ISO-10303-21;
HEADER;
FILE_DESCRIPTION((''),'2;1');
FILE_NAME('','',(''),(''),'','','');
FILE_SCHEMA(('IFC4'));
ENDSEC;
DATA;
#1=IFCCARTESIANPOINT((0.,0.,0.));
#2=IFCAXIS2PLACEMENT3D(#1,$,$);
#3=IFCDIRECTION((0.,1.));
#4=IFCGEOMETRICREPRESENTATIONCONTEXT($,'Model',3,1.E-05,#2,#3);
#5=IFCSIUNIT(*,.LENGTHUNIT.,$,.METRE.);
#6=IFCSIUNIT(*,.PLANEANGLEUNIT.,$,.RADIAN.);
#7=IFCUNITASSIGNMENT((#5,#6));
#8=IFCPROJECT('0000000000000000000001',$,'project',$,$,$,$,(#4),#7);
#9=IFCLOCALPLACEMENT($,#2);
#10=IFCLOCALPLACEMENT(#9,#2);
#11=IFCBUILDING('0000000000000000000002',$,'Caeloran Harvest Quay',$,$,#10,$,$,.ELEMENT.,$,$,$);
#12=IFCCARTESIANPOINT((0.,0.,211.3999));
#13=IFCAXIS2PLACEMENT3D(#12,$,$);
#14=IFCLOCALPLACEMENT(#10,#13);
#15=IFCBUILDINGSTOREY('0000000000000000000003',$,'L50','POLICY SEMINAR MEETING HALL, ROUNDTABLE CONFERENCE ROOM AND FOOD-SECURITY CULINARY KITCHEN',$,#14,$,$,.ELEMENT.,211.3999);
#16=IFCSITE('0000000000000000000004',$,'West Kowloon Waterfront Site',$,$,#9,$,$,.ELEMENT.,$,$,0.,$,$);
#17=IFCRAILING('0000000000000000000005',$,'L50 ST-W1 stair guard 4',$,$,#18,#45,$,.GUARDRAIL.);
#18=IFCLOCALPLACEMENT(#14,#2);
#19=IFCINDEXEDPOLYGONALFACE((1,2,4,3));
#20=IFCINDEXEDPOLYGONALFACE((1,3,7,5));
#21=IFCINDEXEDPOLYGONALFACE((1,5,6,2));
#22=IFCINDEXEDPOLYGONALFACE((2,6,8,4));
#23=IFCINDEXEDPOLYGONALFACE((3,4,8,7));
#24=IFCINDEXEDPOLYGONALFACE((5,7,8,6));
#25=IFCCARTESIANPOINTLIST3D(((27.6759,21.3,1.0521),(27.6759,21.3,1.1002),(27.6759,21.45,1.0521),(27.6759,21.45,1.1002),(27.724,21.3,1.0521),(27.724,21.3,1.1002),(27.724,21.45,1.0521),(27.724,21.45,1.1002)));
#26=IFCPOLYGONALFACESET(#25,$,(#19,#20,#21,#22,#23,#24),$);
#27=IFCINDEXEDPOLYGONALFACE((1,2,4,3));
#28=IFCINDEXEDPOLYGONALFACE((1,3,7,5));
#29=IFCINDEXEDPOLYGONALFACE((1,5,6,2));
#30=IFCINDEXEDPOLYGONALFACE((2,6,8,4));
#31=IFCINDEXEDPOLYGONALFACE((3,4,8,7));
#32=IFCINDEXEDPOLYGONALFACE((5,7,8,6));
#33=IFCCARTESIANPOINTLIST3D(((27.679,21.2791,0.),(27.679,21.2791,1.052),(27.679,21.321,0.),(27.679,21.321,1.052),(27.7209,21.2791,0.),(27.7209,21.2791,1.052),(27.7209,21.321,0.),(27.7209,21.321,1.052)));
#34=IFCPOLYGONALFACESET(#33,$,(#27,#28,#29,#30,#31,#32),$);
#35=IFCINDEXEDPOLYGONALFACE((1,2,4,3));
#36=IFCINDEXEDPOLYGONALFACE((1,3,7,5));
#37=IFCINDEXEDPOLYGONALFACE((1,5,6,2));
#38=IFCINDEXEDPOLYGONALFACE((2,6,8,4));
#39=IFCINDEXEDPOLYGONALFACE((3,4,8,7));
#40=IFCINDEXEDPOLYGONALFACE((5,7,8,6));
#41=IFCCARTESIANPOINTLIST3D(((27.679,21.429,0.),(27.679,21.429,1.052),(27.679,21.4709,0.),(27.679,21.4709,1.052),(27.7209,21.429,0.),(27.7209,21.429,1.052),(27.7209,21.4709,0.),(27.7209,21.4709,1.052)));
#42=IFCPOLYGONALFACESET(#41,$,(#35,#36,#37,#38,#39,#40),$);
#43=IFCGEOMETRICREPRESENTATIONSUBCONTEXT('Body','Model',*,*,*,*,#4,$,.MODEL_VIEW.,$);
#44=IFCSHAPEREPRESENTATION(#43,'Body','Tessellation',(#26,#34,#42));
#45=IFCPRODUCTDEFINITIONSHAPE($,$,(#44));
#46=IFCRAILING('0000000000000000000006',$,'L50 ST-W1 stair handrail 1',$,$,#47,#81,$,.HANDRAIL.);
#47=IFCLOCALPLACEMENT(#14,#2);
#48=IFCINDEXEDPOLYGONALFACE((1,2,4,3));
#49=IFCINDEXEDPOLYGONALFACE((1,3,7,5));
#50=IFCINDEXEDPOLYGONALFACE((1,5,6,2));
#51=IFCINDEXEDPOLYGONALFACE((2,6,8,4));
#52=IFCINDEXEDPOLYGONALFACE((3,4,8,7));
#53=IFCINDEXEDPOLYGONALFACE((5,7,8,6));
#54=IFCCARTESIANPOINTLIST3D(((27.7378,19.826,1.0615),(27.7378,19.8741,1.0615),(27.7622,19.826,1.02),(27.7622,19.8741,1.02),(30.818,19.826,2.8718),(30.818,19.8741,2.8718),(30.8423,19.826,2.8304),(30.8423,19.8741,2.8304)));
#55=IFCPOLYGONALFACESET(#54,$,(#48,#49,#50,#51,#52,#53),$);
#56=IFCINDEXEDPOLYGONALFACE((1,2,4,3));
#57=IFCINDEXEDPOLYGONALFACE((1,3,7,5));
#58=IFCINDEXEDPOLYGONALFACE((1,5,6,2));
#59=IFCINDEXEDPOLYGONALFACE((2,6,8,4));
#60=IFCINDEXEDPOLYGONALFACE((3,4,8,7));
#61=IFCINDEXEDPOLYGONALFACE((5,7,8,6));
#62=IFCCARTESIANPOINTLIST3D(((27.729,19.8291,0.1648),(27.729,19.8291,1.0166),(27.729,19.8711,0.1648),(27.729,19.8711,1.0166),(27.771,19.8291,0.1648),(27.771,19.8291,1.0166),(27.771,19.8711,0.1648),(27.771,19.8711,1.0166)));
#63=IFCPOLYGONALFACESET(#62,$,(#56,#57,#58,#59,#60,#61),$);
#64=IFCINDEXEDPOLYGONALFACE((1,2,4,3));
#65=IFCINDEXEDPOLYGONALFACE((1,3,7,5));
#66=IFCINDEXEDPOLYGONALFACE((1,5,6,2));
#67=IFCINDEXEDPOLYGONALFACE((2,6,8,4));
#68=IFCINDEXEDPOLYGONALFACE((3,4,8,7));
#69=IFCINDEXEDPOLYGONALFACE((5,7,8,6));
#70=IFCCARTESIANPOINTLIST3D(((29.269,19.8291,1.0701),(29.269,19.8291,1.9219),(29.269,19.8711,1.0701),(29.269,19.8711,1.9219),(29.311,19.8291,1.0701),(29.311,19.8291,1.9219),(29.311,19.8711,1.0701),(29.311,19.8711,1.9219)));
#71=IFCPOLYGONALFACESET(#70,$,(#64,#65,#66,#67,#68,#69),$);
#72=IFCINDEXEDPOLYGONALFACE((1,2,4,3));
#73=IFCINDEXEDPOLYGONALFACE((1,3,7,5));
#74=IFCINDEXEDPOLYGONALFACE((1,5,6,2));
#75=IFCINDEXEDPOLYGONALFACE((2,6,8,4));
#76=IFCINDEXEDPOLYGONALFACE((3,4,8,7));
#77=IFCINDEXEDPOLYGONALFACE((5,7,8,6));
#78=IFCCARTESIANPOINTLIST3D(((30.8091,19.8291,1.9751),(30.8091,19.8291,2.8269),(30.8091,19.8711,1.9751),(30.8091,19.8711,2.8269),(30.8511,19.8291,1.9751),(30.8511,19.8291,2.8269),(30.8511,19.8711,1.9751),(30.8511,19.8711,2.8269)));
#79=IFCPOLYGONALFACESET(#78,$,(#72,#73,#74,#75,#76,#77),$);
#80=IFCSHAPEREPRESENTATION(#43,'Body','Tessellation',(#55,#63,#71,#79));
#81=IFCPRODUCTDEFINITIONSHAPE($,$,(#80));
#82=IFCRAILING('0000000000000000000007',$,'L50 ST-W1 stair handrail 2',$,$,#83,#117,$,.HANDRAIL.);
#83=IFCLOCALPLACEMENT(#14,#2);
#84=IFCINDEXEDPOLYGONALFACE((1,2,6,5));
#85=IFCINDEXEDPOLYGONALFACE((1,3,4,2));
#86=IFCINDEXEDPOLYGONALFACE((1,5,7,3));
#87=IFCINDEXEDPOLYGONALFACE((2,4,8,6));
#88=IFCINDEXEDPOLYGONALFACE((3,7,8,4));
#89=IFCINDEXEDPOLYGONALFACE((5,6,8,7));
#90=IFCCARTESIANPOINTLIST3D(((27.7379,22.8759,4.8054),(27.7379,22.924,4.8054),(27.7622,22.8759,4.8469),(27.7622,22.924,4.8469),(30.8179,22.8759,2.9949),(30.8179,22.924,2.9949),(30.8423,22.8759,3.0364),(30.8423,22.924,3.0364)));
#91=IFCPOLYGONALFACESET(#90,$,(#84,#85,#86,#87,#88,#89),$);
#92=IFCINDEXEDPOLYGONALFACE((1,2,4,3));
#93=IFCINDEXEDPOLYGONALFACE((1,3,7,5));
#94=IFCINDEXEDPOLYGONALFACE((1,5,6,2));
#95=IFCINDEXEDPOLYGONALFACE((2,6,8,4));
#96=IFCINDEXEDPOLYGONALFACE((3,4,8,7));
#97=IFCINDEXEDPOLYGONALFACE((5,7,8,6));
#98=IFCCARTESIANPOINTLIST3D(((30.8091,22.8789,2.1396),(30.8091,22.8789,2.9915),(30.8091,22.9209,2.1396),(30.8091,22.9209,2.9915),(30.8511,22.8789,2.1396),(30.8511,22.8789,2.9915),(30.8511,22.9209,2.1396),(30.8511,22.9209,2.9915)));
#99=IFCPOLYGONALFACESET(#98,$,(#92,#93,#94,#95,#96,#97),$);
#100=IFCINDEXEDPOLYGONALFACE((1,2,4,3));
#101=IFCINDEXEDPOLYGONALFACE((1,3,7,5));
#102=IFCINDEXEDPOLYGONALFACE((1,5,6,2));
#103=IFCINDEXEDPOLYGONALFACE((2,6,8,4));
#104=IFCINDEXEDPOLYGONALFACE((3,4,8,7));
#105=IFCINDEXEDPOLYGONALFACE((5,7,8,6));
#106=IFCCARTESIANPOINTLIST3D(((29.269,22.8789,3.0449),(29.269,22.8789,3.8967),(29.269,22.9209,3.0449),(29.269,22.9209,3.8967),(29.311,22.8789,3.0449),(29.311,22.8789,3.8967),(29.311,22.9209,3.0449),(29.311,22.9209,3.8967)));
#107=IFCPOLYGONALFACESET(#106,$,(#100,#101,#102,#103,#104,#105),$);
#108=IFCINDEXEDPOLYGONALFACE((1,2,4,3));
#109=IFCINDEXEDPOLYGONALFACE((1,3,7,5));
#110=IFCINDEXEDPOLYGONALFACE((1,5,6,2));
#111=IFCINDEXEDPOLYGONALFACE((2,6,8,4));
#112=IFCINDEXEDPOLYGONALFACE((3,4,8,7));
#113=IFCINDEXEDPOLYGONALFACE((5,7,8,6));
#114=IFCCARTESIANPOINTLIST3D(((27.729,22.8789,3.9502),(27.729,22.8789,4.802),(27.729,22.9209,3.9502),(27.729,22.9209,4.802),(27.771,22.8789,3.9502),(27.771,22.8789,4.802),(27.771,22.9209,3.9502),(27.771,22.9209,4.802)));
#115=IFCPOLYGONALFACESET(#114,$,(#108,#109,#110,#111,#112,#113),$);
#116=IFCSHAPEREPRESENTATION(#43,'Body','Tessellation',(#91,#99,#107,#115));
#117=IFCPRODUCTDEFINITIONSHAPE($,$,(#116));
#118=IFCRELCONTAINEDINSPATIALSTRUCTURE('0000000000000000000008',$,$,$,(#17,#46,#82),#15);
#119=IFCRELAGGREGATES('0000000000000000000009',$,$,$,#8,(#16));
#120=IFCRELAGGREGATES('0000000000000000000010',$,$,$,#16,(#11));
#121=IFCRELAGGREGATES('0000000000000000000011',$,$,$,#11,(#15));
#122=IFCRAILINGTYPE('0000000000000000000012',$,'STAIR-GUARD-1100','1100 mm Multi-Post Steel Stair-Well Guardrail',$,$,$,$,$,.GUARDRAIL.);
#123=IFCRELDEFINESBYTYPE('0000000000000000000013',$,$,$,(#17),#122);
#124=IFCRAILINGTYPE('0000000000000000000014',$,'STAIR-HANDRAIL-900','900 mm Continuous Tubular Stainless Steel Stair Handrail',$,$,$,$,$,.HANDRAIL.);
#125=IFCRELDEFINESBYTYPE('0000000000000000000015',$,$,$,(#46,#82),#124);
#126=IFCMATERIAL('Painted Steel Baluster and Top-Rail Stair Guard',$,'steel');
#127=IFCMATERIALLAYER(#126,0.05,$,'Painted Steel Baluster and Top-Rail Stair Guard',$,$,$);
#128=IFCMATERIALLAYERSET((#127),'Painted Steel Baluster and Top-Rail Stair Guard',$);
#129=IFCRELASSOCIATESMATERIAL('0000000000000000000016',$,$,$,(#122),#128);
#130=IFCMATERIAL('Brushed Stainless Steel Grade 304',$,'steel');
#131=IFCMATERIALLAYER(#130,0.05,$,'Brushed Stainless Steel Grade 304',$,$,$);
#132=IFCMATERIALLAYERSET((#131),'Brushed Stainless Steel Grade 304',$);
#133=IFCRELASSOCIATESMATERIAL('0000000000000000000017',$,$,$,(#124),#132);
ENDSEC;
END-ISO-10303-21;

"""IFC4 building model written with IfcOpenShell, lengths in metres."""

from ifc_helpers import new_model, si_unit, direction, frame, origin, origin_2d, place, context, subcontext, project, spatial, rectangle, extrude, material, layer, layer_set, type_object, element, save


model = new_model("IFC4")

# Units and contexts
model_context = context("Model", 3, precision=1e-05, world=origin(), true_north=direction((0.0, 1.0)))
body_context = subcontext(model_context, "Body", "Model", "MODEL_VIEW")
ifc_project = project(units=[si_unit("LENGTHUNIT", "METRE"), si_unit("PLANEANGLEUNIT", "RADIAN")], contexts=[model_context])

# Site, building, storey
site_placement = place(None, origin())
site = spatial("IfcSite", under=ifc_project, at=site_placement, Name="West Kowloon Waterfront Site", CompositionType="ELEMENT", RefElevation=0.0)
building_placement = place(site_placement, origin())
building = spatial("IfcBuilding", under=site, at=building_placement, Name="Caeloran Harvest Quay", CompositionType="ELEMENT")
storey_placement = place(building_placement, frame((0.0, 0.0, 211.3999)))
storey = spatial("IfcBuildingStorey", under=building, at=storey_placement, Name="L50", Description="POLICY SEMINAR MEETING HALL, ROUNDTABLE CONFERENCE ROOM AND FOOD-SECURITY CULINARY KITCHEN", CompositionType="ELEMENT", Elevation=211.3999)

# Railings
ifc_material_1 = material(Name="Painted Steel Baluster and Top-Rail Stair Guard", Category="steel")
ifc_layer_1 = layer(ifc_material_1, 0.05, Name="Painted Steel Baluster and Top-Rail Stair Guard")
ifc_layer_set_1 = layer_set([ifc_layer_1], Name="Painted Steel Baluster and Top-Rail Stair Guard")
railing_type_1 = type_object("IfcRailingType", Name="STAIR-GUARD-1100", Description="1100 mm Multi-Post Steel Stair-Well Guardrail", PredefinedType="GUARDRAIL", material=ifc_layer_set_1)
railing_1_placement = place(storey_placement, frame((27.7, 21.3, 0.0)))
element("IfcRailing", 1, at=railing_1_placement, inside=storey, type_object=railing_type_1, Name="L50 ST-W1 stair guard 4", PredefinedType="GUARDRAIL", context=body_context, shape_type="SweptSolid", body=[
    extrude(rectangle(XDim=0.0481, YDim=0.0481, at=origin_2d()), frame((0.0, 0.0, 1.0762), z_axis=(0.0, 1.0, 0.0), x_axis=(-1.0, 0.0, 0.0)), (0.0, 0.0, 1.0), 0.1499),
    extrude(rectangle(XDim=0.042, YDim=0.042, at=origin_2d()), origin(), (0.0, 0.0, 1.0), 1.052),
    extrude(rectangle(XDim=0.042, YDim=0.042, at=origin_2d()), frame((0.0, 0.1499, 0.0)), (0.0, 0.0, 1.0), 1.052),
])
ifc_material_2 = material(Name="Brushed Stainless Steel Grade 304", Category="steel")
ifc_layer_2 = layer(ifc_material_2, 0.05, Name="Brushed Stainless Steel Grade 304")
ifc_layer_set_2 = layer_set([ifc_layer_2], Name="Brushed Stainless Steel Grade 304")
railing_type_2 = type_object("IfcRailingType", Name="STAIR-HANDRAIL-900", Description="900 mm Continuous Tubular Stainless Steel Stair Handrail", PredefinedType="HANDRAIL", material=ifc_layer_set_2)
railing_2_placement = place(storey_placement, frame((27.75, 19.8501, 0.1648)))
element("IfcRailing", 2, at=railing_2_placement, inside=storey, type_object=railing_type_2, Name="L50 ST-W1 stair handrail 1", PredefinedType="HANDRAIL", context=body_context, shape_type="SweptSolid", body=[
    extrude(rectangle(XDim=0.0481, YDim=0.0481, at=origin_2d()), frame((0.0, 0.0, 0.876), z_axis=(0.862119, 0.0, 0.506707), x_axis=(0.0, 1.0, 0.0)), (0.0, 0.0, 1.0), 3.5728),
    extrude(rectangle(XDim=0.042, YDim=0.042, at=origin_2d()), origin(), (0.0, 0.0, 1.0), 0.8518),
    extrude(rectangle(XDim=0.042, YDim=0.042, at=origin_2d()), frame((1.54, 0.0, 0.9053)), (0.0, 0.0, 1.0), 0.8518),
    extrude(rectangle(XDim=0.042, YDim=0.042, at=origin_2d()), frame((3.0801, 0.0, 1.8103)), (0.0, 0.0, 1.0), 0.8518),
])
railing_3_placement = place(storey_placement, frame((30.8301, 22.8999, 2.1396)))
element("IfcRailing", 3, at=railing_3_placement, inside=storey, type_object=railing_type_2, Name="L50 ST-W1 stair handrail 2", PredefinedType="HANDRAIL", context=body_context, shape_type="SweptSolid", body=[
    extrude(rectangle(XDim=0.0481, YDim=0.0481, at=origin_2d()), frame((0.0, 0.0, 0.876), z_axis=(-0.862089, 0.0, 0.506757), x_axis=(0.0, -1.0, 0.0)), (0.0, 0.0, 1.0), 3.5728),
    extrude(rectangle(XDim=0.042, YDim=0.042, at=origin_2d()), origin(), (0.0, 0.0, 1.0), 0.8518),
    extrude(rectangle(XDim=0.042, YDim=0.042, at=origin_2d()), frame((-1.54, 0.0, 0.9053)), (0.0, 0.0, 1.0), 0.8518),
    extrude(rectangle(XDim=0.042, YDim=0.042, at=origin_2d()), frame((-3.0801, 0.0, 1.8105)), (0.0, 0.0, 1.0), 0.8518),
])

save(model, "model.ifc")
